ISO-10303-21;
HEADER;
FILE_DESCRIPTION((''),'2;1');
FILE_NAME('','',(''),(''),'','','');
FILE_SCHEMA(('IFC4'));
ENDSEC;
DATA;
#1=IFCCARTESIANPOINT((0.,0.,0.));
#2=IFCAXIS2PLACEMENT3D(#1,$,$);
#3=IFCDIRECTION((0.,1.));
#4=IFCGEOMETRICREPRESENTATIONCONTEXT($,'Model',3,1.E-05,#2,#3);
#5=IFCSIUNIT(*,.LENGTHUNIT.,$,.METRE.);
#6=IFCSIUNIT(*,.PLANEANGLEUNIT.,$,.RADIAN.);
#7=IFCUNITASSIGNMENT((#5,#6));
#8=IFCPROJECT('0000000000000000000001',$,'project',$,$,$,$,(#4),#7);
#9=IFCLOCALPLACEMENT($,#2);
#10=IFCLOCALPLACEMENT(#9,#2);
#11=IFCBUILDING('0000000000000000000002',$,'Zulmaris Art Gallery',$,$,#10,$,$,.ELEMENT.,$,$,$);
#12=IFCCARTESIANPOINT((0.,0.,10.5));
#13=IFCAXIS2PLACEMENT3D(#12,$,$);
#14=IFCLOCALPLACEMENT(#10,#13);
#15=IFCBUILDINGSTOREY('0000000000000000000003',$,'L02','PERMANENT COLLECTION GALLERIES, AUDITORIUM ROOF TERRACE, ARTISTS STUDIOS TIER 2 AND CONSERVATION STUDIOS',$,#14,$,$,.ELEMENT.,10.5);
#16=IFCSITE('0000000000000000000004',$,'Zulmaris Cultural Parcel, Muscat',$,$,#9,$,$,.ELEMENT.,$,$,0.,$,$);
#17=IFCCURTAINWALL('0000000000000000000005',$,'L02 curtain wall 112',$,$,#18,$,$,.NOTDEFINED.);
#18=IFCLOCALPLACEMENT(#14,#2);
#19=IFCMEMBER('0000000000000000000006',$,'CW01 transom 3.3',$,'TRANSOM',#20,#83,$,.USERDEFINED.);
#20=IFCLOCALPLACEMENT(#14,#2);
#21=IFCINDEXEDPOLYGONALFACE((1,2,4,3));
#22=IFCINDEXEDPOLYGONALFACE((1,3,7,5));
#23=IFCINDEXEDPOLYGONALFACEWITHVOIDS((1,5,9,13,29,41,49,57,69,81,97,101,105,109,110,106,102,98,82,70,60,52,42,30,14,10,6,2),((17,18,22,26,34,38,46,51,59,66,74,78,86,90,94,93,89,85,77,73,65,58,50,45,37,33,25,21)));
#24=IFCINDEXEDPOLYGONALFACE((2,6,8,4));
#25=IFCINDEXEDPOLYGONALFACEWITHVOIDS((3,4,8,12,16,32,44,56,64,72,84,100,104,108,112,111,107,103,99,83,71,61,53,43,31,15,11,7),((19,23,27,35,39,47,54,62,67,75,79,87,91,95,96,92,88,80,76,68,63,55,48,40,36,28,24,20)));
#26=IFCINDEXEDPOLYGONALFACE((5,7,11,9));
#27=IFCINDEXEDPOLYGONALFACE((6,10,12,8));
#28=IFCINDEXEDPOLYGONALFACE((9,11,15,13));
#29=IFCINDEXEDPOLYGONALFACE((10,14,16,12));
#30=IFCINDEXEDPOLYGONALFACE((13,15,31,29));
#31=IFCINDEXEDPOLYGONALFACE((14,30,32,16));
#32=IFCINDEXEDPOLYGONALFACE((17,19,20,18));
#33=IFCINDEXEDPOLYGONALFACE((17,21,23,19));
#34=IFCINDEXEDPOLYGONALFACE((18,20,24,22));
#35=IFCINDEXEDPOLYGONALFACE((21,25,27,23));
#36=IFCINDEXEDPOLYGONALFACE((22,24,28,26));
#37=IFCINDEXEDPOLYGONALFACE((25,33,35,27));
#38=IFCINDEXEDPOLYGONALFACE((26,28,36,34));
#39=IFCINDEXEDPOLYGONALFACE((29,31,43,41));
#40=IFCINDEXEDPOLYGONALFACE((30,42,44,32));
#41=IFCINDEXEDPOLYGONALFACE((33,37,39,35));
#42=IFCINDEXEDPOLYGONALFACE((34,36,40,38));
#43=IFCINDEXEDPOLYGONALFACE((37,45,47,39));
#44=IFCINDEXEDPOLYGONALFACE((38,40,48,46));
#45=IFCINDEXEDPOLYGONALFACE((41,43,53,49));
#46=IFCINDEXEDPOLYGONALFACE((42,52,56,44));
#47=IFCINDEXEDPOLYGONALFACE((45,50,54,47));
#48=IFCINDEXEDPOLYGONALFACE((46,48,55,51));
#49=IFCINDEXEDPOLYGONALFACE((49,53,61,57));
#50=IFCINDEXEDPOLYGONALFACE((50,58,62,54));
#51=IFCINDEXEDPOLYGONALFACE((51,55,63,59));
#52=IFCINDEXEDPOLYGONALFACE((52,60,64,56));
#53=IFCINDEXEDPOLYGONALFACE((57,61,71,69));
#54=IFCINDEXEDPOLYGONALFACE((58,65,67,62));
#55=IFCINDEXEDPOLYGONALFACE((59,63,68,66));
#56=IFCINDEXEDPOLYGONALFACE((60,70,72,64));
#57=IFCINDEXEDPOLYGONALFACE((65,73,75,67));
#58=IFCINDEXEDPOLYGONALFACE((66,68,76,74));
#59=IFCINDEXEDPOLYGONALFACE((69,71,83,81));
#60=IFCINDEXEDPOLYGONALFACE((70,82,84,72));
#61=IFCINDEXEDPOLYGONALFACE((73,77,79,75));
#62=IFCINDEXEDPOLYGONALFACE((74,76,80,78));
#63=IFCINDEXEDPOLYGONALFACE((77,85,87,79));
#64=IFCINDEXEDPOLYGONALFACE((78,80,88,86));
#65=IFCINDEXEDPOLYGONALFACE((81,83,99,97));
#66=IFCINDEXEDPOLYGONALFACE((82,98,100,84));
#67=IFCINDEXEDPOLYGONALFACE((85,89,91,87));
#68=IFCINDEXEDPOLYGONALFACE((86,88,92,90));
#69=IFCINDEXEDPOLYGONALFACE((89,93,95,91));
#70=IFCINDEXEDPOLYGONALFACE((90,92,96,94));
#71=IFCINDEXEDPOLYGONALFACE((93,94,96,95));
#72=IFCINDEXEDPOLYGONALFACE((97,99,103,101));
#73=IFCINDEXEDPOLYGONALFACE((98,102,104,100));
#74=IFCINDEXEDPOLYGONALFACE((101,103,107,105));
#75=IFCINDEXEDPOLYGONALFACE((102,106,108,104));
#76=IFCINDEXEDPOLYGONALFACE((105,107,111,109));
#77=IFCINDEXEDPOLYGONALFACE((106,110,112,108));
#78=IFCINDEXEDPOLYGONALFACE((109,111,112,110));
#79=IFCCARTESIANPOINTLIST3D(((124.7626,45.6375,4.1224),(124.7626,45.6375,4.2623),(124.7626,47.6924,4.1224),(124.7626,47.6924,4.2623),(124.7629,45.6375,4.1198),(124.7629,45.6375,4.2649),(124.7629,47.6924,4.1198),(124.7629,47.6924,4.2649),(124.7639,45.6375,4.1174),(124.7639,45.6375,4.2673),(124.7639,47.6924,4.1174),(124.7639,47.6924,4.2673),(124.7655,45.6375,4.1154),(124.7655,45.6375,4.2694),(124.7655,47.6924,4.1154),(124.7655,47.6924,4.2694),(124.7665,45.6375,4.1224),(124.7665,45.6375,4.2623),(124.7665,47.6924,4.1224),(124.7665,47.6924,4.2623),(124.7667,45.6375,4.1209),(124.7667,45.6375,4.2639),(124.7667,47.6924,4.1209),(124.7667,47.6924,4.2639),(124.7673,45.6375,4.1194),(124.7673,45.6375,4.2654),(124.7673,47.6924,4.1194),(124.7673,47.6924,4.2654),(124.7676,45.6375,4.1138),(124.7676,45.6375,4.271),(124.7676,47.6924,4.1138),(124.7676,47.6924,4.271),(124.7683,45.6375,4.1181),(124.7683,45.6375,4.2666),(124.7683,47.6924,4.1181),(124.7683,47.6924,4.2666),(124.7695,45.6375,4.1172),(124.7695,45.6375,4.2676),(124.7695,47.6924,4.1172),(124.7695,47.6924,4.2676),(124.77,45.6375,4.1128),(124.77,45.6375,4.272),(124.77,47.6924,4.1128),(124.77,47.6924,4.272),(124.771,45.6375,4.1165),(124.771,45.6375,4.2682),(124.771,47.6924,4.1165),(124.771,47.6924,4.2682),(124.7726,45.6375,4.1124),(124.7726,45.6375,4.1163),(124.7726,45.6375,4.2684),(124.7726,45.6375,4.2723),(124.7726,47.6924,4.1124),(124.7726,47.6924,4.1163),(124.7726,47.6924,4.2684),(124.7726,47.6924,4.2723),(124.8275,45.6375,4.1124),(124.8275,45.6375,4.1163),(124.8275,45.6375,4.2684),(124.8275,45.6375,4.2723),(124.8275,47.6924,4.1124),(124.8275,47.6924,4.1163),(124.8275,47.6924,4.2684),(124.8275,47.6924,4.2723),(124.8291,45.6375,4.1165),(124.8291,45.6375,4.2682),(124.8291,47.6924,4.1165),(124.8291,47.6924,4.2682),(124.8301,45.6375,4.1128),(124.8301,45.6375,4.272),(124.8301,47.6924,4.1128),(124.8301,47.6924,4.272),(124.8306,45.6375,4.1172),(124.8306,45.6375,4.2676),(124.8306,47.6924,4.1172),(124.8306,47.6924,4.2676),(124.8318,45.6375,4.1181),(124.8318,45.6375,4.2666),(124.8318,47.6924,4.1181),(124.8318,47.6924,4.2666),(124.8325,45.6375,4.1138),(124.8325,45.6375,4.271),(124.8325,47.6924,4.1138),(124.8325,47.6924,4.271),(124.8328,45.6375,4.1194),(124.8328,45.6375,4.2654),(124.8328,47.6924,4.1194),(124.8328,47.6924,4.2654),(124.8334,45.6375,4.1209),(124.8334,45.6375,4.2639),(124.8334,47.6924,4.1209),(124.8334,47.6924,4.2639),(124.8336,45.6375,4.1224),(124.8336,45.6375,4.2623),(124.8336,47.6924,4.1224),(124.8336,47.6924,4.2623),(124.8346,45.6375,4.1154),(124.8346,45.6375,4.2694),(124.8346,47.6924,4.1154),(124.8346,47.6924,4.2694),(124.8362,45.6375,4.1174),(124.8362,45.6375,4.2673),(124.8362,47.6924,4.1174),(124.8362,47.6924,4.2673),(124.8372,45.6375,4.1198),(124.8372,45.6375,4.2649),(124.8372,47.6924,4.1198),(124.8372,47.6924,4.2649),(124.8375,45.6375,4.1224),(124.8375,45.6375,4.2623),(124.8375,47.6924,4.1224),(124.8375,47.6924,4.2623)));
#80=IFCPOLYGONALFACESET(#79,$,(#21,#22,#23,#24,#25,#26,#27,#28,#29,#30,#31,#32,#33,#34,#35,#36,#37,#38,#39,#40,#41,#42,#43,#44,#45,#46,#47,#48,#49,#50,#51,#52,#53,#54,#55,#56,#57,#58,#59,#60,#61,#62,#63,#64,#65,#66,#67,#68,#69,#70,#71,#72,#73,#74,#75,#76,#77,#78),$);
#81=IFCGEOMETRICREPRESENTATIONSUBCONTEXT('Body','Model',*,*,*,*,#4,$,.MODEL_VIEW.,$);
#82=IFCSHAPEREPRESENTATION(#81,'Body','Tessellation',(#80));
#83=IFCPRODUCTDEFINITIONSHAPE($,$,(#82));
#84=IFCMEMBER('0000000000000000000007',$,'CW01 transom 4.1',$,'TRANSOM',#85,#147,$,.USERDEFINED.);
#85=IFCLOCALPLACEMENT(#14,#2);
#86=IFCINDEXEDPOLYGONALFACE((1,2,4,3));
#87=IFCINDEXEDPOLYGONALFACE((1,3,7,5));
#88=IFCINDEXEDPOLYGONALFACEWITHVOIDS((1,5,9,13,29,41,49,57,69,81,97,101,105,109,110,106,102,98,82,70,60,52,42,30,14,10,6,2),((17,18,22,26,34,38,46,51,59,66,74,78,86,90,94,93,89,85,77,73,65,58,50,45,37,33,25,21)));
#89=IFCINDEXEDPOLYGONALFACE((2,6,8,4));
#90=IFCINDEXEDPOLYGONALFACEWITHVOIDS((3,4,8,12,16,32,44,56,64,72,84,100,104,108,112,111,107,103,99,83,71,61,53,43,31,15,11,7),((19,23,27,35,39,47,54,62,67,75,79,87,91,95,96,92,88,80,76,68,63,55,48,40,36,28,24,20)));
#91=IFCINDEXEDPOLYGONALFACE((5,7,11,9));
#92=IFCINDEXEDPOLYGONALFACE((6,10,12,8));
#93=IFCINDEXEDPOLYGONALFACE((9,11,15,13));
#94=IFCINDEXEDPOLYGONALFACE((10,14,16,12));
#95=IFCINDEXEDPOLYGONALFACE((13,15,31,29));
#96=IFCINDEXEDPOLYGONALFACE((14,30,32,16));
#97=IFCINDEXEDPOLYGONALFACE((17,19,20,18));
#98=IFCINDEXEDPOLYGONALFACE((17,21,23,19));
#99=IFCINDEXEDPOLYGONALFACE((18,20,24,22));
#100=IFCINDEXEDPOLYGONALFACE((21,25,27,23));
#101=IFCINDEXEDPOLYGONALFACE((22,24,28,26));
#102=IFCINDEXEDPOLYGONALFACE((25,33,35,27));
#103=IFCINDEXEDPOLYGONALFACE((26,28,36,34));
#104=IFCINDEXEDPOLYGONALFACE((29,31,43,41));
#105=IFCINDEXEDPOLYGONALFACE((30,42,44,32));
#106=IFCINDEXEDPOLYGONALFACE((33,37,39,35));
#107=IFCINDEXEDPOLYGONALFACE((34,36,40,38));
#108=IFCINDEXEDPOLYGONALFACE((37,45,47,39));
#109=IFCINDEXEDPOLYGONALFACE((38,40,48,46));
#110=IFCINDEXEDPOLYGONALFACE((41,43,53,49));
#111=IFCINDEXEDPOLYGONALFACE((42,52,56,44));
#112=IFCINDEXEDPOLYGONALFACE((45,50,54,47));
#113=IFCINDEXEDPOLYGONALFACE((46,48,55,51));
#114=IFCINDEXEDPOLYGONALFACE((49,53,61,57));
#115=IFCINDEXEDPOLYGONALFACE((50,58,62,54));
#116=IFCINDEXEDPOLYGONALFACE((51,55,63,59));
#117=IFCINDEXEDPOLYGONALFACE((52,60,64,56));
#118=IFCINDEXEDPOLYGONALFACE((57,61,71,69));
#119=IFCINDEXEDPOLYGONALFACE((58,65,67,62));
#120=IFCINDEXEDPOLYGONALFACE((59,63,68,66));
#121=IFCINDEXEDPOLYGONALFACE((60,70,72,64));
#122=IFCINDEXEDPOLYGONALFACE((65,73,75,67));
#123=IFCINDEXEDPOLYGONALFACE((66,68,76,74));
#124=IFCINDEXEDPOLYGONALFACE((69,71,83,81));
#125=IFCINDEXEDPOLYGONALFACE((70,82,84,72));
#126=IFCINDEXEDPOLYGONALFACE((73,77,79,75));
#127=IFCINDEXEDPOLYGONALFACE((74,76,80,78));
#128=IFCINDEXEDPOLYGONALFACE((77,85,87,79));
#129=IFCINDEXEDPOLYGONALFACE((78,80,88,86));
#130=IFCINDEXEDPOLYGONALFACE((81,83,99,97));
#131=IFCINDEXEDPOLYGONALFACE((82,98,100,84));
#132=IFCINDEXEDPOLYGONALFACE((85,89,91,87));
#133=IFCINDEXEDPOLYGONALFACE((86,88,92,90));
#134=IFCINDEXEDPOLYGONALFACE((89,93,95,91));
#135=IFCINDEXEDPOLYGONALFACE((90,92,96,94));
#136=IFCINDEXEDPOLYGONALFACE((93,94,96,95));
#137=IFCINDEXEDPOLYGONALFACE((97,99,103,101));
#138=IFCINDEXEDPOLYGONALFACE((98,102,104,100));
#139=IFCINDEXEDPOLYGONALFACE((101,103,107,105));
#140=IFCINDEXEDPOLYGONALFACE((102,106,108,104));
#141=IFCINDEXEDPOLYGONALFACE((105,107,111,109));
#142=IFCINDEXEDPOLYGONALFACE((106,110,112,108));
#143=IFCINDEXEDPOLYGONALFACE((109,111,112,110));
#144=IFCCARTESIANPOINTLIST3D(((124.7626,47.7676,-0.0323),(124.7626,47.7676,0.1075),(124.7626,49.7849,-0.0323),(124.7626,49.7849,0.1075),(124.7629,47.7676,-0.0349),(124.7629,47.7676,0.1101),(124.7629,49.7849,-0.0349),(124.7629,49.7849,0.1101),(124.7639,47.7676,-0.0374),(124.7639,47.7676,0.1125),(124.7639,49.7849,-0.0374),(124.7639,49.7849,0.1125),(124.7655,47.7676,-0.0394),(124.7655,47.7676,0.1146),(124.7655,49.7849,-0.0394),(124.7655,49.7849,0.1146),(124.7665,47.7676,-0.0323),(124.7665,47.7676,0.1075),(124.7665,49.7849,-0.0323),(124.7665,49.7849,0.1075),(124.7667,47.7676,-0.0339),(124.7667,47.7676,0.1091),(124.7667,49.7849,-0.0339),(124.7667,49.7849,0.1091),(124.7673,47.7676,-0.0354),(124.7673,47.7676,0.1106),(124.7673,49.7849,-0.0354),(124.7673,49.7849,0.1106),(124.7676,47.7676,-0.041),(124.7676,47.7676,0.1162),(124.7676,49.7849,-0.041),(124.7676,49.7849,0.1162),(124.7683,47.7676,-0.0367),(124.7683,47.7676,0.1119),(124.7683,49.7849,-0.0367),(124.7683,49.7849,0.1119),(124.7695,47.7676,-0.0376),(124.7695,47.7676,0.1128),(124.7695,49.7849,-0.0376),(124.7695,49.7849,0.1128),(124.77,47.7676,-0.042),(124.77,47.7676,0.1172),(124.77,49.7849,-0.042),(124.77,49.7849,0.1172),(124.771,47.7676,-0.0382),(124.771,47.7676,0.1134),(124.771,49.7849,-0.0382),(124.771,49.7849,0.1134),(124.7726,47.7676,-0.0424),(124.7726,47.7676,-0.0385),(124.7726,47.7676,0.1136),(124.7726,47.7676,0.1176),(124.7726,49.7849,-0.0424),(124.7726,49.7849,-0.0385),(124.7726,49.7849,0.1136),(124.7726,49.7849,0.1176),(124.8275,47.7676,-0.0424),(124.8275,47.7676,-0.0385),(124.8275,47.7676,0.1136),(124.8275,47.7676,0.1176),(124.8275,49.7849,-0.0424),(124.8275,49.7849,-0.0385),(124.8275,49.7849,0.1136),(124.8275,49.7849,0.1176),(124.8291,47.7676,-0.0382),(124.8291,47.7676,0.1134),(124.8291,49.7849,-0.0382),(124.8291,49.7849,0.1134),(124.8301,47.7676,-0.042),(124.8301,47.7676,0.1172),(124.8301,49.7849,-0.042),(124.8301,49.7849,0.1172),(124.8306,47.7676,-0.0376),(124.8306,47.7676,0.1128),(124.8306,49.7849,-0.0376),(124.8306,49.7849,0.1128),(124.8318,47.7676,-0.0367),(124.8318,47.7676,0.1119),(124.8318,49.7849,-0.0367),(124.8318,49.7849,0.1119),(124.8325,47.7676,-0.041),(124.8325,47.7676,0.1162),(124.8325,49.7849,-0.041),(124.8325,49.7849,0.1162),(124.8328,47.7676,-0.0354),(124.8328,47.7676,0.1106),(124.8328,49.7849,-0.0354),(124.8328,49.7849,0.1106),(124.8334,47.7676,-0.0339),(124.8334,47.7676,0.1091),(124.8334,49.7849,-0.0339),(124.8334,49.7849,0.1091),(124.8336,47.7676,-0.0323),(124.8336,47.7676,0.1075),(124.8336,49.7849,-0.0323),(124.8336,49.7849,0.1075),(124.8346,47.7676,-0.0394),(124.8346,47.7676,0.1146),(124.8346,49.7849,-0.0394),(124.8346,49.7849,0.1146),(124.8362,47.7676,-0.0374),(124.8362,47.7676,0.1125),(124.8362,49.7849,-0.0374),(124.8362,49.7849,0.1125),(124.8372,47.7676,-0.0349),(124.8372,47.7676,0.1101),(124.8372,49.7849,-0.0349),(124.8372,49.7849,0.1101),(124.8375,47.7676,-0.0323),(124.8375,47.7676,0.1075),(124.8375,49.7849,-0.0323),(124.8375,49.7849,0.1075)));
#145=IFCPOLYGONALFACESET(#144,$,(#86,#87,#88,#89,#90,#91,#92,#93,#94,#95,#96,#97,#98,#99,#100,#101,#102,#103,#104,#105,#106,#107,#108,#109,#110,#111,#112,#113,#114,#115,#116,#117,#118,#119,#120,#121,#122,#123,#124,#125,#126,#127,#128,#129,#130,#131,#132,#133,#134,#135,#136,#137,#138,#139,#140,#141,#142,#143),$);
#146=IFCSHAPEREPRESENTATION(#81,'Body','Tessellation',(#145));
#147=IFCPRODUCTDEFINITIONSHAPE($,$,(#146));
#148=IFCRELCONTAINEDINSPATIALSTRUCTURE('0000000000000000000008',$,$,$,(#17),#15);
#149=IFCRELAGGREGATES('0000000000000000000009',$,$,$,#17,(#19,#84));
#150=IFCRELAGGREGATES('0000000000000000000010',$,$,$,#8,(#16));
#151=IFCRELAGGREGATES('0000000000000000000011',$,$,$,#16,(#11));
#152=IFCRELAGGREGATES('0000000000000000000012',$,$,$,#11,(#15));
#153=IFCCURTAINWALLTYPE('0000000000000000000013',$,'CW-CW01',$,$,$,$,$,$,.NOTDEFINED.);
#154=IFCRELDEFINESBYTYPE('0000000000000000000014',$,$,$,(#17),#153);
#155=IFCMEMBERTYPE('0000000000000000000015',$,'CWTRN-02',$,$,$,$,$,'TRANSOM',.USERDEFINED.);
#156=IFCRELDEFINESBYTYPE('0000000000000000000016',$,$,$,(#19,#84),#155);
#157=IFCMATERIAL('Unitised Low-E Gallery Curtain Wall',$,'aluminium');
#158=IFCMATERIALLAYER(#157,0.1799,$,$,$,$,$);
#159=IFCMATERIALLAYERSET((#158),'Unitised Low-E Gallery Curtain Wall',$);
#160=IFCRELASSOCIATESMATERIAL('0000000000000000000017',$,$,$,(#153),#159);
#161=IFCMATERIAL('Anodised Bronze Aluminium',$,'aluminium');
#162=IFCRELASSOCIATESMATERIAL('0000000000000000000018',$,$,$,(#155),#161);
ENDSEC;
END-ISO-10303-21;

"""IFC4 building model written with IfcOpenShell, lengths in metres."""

from ifc_helpers import new_model, si_unit, direction, frame, origin, origin_2d, place, context, subcontext, project, spatial, hollow_rectangle, extrude, material, layer, layer_set, material_profile, profile_set, type_object, element, aggregate, save


model = new_model("IFC4")

# Units and contexts
model_context = context("Model", 3, precision=1e-05, world=origin(), true_north=direction((0.0, 1.0)))
body_context = subcontext(model_context, "Body", "Model", "MODEL_VIEW")
ifc_project = project(units=[si_unit("LENGTHUNIT", "METRE"), si_unit("PLANEANGLEUNIT", "RADIAN")], contexts=[model_context])

# Site, building, storey
site_placement = place(None, origin())
site = spatial("IfcSite", under=ifc_project, at=site_placement, Name="Zulmaris Cultural Parcel, Muscat", CompositionType="ELEMENT", RefElevation=0.0)
building_placement = place(site_placement, origin())
building = spatial("IfcBuilding", under=site, at=building_placement, Name="Zulmaris Art Gallery", CompositionType="ELEMENT")
storey_placement = place(building_placement, frame((0.0, 0.0, 10.5)))
storey = spatial("IfcBuildingStorey", under=building, at=storey_placement, Name="L02", Description="PERMANENT COLLECTION GALLERIES, AUDITORIUM ROOF TERRACE, ARTISTS STUDIOS TIER 2 AND CONSERVATION STUDIOS", CompositionType="ELEMENT", Elevation=10.5)

# Curtain wall
ifc_material_1 = material(Name="Unitised Low-E Gallery Curtain Wall", Category="aluminium")
ifc_layer_1 = layer(ifc_material_1, 0.1799)
ifc_layer_set_1 = layer_set([ifc_layer_1], Name="Unitised Low-E Gallery Curtain Wall")
curtain_wall_type = type_object("IfcCurtainWallType", Name="CW-CW01", PredefinedType="NOTDEFINED", material=ifc_layer_set_1)
curtain_wall_1_placement = place(storey_placement, origin())
curtain_wall_1 = element("IfcCurtainWall", 1, at=curtain_wall_1_placement, inside=storey, type_object=curtain_wall_type, Name="L02 curtain wall 112", PredefinedType="NOTDEFINED")
ifc_material_2 = material(Name="Anodised Bronze Aluminium", Category="aluminium")

# Members
ifc_material_profile_1 = material_profile(ifc_material_2, hollow_rectangle(XDim=0.075, YDim=0.1599, WallThickness=0.0039, InnerFilletRadius=0.0061, OuterFilletRadius=0.01, at=origin_2d()), Name="ALU 75x160x4")
ifc_profile_set_1 = profile_set([ifc_material_profile_1], Name="Anodised Bronze Aluminium")
member_type_1 = type_object("IfcMemberType", Name="CWTRN-02", ElementType="TRANSOM", PredefinedType="USERDEFINED", material=ifc_profile_set_1)
member_1_placement = place(storey_placement, frame((124.8, 45.6375, 4.1924), z_axis=(0.0, 1.0, 0.0), x_axis=(-1.0, 0.0, 0.0)))
member_1 = element("IfcMember", 2, at=member_1_placement, type_object=member_type_1, Name="CW01 transom 3.3", ObjectType="TRANSOM", PredefinedType="USERDEFINED", context=body_context, shape_type="SweptSolid", body=[
    extrude(hollow_rectangle(XDim=0.075, YDim=0.1599, WallThickness=0.0039, InnerFilletRadius=0.0061, OuterFilletRadius=0.01, at=origin_2d()), origin(), (0.0, 0.0, 1.0), 2.0549),
])
member_2_placement = place(storey_placement, frame((124.8, 47.7676, 0.0376), z_axis=(0.0, 1.0, 0.0), x_axis=(-1.0, 0.0, 0.0)))
member_2 = element("IfcMember", 3, at=member_2_placement, type_object=member_type_1, Name="CW01 transom 4.1", ObjectType="TRANSOM", PredefinedType="USERDEFINED", context=body_context, shape_type="SweptSolid", body=[
    extrude(hollow_rectangle(XDim=0.075, YDim=0.1599, WallThickness=0.0039, InnerFilletRadius=0.0061, OuterFilletRadius=0.01, at=origin_2d()), origin(), (0.0, 0.0, 1.0), 2.0173),
])

aggregate(curtain_wall_1, [member_1, member_2])

save(model, "model.ifc")
